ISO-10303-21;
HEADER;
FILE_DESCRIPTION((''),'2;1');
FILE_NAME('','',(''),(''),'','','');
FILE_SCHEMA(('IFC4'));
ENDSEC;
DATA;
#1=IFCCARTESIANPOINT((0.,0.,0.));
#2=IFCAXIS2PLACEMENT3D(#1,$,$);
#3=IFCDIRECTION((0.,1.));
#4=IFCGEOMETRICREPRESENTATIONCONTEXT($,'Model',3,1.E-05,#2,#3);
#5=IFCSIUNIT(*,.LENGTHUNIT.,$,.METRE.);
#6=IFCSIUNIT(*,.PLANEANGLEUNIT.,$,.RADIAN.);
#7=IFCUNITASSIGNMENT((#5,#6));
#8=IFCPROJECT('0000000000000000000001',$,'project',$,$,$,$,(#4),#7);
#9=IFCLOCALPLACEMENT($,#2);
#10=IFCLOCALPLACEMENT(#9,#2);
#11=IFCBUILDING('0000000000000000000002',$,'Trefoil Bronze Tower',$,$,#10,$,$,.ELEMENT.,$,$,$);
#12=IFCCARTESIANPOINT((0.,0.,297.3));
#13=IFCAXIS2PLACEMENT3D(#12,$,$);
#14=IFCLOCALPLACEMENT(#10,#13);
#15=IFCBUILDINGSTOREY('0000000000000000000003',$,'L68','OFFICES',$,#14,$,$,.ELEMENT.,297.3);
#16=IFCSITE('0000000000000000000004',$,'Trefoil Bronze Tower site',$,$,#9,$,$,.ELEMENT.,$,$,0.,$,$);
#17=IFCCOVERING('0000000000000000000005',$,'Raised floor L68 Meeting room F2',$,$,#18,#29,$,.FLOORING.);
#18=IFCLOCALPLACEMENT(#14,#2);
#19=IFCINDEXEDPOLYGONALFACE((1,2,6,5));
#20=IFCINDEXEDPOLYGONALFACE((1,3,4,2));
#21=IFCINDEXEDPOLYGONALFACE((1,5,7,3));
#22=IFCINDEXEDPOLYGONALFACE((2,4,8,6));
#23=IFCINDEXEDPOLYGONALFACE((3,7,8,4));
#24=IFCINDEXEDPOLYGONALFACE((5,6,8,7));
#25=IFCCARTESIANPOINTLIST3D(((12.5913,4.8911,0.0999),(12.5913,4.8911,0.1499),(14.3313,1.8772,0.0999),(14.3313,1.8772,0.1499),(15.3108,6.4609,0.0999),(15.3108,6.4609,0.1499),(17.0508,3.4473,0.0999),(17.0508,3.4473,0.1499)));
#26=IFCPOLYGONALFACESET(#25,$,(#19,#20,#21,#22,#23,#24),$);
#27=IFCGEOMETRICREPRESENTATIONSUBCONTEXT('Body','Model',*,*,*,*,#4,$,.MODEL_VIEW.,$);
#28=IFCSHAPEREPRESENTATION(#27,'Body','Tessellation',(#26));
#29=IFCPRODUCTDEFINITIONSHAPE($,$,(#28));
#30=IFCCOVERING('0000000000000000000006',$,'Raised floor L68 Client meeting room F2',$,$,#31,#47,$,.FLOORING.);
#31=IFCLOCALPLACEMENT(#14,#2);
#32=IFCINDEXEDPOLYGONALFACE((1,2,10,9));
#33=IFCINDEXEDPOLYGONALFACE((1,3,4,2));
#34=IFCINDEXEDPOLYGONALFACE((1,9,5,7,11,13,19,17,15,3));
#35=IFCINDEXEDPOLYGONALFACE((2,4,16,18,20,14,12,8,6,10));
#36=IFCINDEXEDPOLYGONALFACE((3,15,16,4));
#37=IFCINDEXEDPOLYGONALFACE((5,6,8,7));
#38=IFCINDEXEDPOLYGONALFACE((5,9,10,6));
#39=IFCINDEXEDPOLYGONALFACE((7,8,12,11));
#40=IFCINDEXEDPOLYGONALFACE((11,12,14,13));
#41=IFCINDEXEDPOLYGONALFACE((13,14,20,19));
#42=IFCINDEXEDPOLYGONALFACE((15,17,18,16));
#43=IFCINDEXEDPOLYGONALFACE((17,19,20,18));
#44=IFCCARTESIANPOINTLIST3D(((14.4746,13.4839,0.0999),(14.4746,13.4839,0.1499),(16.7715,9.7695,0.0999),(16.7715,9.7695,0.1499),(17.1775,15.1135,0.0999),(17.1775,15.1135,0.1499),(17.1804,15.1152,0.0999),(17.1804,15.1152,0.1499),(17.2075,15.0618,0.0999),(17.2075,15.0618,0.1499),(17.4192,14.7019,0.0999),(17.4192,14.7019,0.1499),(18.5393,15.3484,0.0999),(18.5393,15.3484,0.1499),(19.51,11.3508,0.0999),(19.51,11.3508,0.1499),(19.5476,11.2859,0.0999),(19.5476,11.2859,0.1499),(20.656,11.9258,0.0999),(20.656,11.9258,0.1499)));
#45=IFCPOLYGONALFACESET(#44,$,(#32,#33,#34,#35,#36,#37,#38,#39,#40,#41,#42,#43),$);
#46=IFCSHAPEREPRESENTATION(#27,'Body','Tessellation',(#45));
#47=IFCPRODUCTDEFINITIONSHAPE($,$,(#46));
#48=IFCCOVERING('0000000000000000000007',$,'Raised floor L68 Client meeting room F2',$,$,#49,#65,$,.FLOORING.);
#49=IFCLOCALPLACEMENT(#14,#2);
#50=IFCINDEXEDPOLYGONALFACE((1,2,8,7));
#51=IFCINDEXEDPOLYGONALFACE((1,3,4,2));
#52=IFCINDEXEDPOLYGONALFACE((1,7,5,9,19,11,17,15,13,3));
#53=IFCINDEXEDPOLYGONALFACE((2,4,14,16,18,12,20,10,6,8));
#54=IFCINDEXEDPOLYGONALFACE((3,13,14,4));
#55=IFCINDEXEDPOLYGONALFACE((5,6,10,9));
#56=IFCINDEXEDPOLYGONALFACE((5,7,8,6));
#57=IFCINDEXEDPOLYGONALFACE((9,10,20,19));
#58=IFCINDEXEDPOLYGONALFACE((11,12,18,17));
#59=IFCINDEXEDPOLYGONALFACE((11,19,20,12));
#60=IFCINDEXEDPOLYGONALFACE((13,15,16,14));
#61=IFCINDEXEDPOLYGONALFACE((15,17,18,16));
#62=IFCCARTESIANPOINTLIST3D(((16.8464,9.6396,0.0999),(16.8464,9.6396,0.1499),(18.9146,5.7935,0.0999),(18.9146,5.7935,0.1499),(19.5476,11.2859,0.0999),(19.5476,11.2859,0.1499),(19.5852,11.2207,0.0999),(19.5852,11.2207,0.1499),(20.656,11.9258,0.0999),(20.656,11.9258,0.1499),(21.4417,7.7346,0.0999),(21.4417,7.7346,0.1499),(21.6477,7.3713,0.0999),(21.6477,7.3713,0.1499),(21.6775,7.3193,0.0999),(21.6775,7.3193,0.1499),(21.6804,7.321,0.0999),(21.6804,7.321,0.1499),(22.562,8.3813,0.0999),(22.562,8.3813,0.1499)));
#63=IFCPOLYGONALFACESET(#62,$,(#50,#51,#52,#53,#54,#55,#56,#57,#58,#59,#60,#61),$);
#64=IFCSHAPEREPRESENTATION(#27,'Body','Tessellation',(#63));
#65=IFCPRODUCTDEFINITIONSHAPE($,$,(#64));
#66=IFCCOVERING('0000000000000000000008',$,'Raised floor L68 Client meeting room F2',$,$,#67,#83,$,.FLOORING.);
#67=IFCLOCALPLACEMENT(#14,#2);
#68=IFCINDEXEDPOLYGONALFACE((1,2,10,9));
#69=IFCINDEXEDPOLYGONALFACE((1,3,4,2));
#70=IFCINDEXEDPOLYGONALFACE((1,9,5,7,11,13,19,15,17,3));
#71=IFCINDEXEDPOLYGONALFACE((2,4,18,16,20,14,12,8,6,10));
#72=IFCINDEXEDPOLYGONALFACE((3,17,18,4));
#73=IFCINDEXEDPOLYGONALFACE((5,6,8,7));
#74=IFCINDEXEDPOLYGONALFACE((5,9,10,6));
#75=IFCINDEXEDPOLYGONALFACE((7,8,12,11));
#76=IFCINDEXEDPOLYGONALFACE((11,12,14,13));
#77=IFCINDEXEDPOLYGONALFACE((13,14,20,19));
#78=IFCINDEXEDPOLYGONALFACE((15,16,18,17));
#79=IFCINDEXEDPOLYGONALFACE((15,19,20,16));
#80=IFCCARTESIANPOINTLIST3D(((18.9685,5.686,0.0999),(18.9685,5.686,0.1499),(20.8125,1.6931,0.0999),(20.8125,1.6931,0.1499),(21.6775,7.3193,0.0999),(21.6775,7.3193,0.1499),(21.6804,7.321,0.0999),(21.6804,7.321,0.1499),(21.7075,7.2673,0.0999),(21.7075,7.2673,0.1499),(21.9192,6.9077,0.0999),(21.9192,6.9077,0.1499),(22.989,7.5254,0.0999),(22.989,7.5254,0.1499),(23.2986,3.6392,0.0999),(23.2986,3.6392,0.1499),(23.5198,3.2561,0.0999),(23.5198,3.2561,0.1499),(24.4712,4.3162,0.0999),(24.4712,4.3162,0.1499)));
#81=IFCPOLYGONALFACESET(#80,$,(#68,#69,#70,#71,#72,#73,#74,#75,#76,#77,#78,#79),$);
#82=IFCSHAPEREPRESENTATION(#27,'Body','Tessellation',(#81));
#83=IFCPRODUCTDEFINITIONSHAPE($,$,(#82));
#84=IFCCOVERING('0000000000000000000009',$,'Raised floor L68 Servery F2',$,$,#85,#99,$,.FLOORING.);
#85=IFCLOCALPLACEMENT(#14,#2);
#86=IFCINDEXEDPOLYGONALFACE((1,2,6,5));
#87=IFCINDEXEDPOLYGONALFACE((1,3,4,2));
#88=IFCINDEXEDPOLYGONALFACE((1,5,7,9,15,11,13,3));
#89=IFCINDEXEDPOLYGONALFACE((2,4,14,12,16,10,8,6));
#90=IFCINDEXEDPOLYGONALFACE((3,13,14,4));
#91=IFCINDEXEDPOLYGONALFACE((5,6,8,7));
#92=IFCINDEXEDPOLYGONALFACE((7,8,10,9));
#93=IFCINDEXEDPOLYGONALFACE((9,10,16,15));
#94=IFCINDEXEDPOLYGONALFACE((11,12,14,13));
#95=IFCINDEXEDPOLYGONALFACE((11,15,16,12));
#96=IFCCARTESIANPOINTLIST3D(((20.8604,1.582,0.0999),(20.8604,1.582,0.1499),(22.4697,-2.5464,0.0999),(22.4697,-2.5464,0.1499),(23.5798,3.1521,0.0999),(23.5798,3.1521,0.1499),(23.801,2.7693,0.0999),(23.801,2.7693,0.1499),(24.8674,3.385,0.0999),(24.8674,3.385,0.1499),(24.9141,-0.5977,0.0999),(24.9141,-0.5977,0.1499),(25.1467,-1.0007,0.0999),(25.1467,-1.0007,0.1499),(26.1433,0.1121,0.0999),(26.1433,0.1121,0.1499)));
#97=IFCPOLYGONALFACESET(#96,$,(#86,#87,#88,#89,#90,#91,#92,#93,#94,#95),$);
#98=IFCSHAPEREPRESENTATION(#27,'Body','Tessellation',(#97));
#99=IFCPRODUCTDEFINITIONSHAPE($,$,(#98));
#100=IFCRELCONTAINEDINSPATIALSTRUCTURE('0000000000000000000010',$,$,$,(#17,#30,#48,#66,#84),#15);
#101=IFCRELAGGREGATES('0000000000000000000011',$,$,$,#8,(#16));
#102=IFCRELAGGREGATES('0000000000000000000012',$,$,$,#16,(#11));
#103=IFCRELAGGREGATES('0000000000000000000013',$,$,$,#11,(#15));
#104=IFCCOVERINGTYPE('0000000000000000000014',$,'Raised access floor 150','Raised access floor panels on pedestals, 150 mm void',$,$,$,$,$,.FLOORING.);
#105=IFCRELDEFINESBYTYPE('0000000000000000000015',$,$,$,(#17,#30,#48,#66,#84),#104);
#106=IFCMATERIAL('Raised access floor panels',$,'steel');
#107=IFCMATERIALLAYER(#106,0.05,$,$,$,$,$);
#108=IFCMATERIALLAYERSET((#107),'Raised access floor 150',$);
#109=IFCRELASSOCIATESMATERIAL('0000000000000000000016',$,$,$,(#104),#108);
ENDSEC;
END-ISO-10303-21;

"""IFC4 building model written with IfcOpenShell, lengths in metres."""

from ifc_helpers import new_model, si_unit, direction, frame, origin, place, context, subcontext, project, spatial, polyline, outline, extrude, material, layer, layer_set, type_object, element, save


model = new_model("IFC4")

# Units and contexts
model_context = context("Model", 3, precision=1e-05, world=origin(), true_north=direction((0.0, 1.0)))
body_context = subcontext(model_context, "Body", "Model", "MODEL_VIEW")
ifc_project = project(units=[si_unit("LENGTHUNIT", "METRE"), si_unit("PLANEANGLEUNIT", "RADIAN")], contexts=[model_context])

# Site, building, storey
site_placement = place(None, origin())
site = spatial("IfcSite", under=ifc_project, at=site_placement, Name="Trefoil Bronze Tower site", CompositionType="ELEMENT", RefElevation=0.0)
building_placement = place(site_placement, origin())
building = spatial("IfcBuilding", under=site, at=building_placement, Name="Trefoil Bronze Tower", CompositionType="ELEMENT")
storey_placement = place(building_placement, frame((0.0, 0.0, 297.3)))
storey = spatial("IfcBuildingStorey", under=building, at=storey_placement, Name="L68", Description="OFFICES", CompositionType="ELEMENT", Elevation=297.3)

# Coverings
ifc_material_1 = material(Name="Raised access floor panels", Category="steel")
ifc_layer_1 = layer(ifc_material_1, 0.05)
ifc_layer_set_1 = layer_set([ifc_layer_1], Name="Raised access floor 150")
covering_type_1 = type_object("IfcCoveringType", Name="Raised access floor 150", Description="Raised access floor panels on pedestals, 150 mm void", PredefinedType="FLOORING", material=ifc_layer_set_1)
covering_1_placement = place(storey_placement, frame((0.0, 0.0, 0.0999)))
element("IfcCovering", 1, at=covering_1_placement, inside=storey, type_object=covering_type_1, Name="Raised floor L68 Meeting room F2", PredefinedType="FLOORING", context=body_context, shape_type="SweptSolid", body=[
    extrude(outline(polyline([(12.5913, 4.8911), (15.3108, 6.4609), (17.0508, 3.4473), (14.3313, 1.8772), (12.5913, 4.8911)])), origin(), (0.0, 0.0, 1.0), 0.05),
])
covering_2_placement = place(storey_placement, frame((0.0, 0.0, 0.0999)))
element("IfcCovering", 2, at=covering_2_placement, inside=storey, type_object=covering_type_1, Name="Raised floor L68 Client meeting room F2", PredefinedType="FLOORING", context=body_context, shape_type="SweptSolid", body=[
    extrude(outline(polyline([(19.5476, 11.2859), (19.51, 11.3508), (16.7715, 9.7695), (14.4746, 13.4839), (17.2075, 15.0618), (17.1775, 15.1135), (17.1804, 15.1152), (17.4192, 14.7019), (18.5393, 15.3484), (20.656, 11.9258), (19.5476, 11.2859)])), origin(), (0.0, 0.0, 1.0), 0.05),
])
covering_3_placement = place(storey_placement, frame((0.0, 0.0, 0.0999)))
element("IfcCovering", 3, at=covering_3_placement, inside=storey, type_object=covering_type_1, Name="Raised floor L68 Client meeting room F2", PredefinedType="FLOORING", context=body_context, shape_type="SweptSolid", body=[
    extrude(outline(polyline([(20.656, 11.9258), (22.562, 8.3813), (21.4417, 7.7346), (21.6804, 7.321), (21.6775, 7.3193), (21.6477, 7.3713), (18.9146, 5.7935), (16.8464, 9.6396), (19.5852, 11.2207), (19.5476, 11.2859), (20.656, 11.9258)])), origin(), (0.0, 0.0, 1.0), 0.05),
])
covering_4_placement = place(storey_placement, frame((0.0, 0.0, 0.0999)))
element("IfcCovering", 4, at=covering_4_placement, inside=storey, type_object=covering_type_1, Name="Raised floor L68 Client meeting room F2", PredefinedType="FLOORING", context=body_context, shape_type="SweptSolid", body=[
    extrude(outline(polyline([(23.5198, 3.2561), (20.8125, 1.6931), (18.9685, 5.686), (21.7075, 7.2673), (21.6775, 7.3193), (21.6804, 7.321), (21.9192, 6.9077), (22.989, 7.5254), (24.4712, 4.3162), (23.2986, 3.6392), (23.5198, 3.2561)])), origin(), (0.0, 0.0, 1.0), 0.05),
])
covering_5_placement = place(storey_placement, frame((0.0, 0.0, 0.0999)))
element("IfcCovering", 5, at=covering_5_placement, inside=storey, type_object=covering_type_1, Name="Raised floor L68 Servery F2", PredefinedType="FLOORING", context=body_context, shape_type="SweptSolid", body=[
    extrude(outline(polyline([(25.1467, -1.0007), (22.4697, -2.5464), (20.8604, 1.582), (23.5798, 3.1521), (23.801, 2.7693), (24.8674, 3.385), (26.1433, 0.1121), (24.9141, -0.5977), (25.1467, -1.0007)])), origin(), (0.0, 0.0, 1.0), 0.05),
])

save(model, "model.ifc")
